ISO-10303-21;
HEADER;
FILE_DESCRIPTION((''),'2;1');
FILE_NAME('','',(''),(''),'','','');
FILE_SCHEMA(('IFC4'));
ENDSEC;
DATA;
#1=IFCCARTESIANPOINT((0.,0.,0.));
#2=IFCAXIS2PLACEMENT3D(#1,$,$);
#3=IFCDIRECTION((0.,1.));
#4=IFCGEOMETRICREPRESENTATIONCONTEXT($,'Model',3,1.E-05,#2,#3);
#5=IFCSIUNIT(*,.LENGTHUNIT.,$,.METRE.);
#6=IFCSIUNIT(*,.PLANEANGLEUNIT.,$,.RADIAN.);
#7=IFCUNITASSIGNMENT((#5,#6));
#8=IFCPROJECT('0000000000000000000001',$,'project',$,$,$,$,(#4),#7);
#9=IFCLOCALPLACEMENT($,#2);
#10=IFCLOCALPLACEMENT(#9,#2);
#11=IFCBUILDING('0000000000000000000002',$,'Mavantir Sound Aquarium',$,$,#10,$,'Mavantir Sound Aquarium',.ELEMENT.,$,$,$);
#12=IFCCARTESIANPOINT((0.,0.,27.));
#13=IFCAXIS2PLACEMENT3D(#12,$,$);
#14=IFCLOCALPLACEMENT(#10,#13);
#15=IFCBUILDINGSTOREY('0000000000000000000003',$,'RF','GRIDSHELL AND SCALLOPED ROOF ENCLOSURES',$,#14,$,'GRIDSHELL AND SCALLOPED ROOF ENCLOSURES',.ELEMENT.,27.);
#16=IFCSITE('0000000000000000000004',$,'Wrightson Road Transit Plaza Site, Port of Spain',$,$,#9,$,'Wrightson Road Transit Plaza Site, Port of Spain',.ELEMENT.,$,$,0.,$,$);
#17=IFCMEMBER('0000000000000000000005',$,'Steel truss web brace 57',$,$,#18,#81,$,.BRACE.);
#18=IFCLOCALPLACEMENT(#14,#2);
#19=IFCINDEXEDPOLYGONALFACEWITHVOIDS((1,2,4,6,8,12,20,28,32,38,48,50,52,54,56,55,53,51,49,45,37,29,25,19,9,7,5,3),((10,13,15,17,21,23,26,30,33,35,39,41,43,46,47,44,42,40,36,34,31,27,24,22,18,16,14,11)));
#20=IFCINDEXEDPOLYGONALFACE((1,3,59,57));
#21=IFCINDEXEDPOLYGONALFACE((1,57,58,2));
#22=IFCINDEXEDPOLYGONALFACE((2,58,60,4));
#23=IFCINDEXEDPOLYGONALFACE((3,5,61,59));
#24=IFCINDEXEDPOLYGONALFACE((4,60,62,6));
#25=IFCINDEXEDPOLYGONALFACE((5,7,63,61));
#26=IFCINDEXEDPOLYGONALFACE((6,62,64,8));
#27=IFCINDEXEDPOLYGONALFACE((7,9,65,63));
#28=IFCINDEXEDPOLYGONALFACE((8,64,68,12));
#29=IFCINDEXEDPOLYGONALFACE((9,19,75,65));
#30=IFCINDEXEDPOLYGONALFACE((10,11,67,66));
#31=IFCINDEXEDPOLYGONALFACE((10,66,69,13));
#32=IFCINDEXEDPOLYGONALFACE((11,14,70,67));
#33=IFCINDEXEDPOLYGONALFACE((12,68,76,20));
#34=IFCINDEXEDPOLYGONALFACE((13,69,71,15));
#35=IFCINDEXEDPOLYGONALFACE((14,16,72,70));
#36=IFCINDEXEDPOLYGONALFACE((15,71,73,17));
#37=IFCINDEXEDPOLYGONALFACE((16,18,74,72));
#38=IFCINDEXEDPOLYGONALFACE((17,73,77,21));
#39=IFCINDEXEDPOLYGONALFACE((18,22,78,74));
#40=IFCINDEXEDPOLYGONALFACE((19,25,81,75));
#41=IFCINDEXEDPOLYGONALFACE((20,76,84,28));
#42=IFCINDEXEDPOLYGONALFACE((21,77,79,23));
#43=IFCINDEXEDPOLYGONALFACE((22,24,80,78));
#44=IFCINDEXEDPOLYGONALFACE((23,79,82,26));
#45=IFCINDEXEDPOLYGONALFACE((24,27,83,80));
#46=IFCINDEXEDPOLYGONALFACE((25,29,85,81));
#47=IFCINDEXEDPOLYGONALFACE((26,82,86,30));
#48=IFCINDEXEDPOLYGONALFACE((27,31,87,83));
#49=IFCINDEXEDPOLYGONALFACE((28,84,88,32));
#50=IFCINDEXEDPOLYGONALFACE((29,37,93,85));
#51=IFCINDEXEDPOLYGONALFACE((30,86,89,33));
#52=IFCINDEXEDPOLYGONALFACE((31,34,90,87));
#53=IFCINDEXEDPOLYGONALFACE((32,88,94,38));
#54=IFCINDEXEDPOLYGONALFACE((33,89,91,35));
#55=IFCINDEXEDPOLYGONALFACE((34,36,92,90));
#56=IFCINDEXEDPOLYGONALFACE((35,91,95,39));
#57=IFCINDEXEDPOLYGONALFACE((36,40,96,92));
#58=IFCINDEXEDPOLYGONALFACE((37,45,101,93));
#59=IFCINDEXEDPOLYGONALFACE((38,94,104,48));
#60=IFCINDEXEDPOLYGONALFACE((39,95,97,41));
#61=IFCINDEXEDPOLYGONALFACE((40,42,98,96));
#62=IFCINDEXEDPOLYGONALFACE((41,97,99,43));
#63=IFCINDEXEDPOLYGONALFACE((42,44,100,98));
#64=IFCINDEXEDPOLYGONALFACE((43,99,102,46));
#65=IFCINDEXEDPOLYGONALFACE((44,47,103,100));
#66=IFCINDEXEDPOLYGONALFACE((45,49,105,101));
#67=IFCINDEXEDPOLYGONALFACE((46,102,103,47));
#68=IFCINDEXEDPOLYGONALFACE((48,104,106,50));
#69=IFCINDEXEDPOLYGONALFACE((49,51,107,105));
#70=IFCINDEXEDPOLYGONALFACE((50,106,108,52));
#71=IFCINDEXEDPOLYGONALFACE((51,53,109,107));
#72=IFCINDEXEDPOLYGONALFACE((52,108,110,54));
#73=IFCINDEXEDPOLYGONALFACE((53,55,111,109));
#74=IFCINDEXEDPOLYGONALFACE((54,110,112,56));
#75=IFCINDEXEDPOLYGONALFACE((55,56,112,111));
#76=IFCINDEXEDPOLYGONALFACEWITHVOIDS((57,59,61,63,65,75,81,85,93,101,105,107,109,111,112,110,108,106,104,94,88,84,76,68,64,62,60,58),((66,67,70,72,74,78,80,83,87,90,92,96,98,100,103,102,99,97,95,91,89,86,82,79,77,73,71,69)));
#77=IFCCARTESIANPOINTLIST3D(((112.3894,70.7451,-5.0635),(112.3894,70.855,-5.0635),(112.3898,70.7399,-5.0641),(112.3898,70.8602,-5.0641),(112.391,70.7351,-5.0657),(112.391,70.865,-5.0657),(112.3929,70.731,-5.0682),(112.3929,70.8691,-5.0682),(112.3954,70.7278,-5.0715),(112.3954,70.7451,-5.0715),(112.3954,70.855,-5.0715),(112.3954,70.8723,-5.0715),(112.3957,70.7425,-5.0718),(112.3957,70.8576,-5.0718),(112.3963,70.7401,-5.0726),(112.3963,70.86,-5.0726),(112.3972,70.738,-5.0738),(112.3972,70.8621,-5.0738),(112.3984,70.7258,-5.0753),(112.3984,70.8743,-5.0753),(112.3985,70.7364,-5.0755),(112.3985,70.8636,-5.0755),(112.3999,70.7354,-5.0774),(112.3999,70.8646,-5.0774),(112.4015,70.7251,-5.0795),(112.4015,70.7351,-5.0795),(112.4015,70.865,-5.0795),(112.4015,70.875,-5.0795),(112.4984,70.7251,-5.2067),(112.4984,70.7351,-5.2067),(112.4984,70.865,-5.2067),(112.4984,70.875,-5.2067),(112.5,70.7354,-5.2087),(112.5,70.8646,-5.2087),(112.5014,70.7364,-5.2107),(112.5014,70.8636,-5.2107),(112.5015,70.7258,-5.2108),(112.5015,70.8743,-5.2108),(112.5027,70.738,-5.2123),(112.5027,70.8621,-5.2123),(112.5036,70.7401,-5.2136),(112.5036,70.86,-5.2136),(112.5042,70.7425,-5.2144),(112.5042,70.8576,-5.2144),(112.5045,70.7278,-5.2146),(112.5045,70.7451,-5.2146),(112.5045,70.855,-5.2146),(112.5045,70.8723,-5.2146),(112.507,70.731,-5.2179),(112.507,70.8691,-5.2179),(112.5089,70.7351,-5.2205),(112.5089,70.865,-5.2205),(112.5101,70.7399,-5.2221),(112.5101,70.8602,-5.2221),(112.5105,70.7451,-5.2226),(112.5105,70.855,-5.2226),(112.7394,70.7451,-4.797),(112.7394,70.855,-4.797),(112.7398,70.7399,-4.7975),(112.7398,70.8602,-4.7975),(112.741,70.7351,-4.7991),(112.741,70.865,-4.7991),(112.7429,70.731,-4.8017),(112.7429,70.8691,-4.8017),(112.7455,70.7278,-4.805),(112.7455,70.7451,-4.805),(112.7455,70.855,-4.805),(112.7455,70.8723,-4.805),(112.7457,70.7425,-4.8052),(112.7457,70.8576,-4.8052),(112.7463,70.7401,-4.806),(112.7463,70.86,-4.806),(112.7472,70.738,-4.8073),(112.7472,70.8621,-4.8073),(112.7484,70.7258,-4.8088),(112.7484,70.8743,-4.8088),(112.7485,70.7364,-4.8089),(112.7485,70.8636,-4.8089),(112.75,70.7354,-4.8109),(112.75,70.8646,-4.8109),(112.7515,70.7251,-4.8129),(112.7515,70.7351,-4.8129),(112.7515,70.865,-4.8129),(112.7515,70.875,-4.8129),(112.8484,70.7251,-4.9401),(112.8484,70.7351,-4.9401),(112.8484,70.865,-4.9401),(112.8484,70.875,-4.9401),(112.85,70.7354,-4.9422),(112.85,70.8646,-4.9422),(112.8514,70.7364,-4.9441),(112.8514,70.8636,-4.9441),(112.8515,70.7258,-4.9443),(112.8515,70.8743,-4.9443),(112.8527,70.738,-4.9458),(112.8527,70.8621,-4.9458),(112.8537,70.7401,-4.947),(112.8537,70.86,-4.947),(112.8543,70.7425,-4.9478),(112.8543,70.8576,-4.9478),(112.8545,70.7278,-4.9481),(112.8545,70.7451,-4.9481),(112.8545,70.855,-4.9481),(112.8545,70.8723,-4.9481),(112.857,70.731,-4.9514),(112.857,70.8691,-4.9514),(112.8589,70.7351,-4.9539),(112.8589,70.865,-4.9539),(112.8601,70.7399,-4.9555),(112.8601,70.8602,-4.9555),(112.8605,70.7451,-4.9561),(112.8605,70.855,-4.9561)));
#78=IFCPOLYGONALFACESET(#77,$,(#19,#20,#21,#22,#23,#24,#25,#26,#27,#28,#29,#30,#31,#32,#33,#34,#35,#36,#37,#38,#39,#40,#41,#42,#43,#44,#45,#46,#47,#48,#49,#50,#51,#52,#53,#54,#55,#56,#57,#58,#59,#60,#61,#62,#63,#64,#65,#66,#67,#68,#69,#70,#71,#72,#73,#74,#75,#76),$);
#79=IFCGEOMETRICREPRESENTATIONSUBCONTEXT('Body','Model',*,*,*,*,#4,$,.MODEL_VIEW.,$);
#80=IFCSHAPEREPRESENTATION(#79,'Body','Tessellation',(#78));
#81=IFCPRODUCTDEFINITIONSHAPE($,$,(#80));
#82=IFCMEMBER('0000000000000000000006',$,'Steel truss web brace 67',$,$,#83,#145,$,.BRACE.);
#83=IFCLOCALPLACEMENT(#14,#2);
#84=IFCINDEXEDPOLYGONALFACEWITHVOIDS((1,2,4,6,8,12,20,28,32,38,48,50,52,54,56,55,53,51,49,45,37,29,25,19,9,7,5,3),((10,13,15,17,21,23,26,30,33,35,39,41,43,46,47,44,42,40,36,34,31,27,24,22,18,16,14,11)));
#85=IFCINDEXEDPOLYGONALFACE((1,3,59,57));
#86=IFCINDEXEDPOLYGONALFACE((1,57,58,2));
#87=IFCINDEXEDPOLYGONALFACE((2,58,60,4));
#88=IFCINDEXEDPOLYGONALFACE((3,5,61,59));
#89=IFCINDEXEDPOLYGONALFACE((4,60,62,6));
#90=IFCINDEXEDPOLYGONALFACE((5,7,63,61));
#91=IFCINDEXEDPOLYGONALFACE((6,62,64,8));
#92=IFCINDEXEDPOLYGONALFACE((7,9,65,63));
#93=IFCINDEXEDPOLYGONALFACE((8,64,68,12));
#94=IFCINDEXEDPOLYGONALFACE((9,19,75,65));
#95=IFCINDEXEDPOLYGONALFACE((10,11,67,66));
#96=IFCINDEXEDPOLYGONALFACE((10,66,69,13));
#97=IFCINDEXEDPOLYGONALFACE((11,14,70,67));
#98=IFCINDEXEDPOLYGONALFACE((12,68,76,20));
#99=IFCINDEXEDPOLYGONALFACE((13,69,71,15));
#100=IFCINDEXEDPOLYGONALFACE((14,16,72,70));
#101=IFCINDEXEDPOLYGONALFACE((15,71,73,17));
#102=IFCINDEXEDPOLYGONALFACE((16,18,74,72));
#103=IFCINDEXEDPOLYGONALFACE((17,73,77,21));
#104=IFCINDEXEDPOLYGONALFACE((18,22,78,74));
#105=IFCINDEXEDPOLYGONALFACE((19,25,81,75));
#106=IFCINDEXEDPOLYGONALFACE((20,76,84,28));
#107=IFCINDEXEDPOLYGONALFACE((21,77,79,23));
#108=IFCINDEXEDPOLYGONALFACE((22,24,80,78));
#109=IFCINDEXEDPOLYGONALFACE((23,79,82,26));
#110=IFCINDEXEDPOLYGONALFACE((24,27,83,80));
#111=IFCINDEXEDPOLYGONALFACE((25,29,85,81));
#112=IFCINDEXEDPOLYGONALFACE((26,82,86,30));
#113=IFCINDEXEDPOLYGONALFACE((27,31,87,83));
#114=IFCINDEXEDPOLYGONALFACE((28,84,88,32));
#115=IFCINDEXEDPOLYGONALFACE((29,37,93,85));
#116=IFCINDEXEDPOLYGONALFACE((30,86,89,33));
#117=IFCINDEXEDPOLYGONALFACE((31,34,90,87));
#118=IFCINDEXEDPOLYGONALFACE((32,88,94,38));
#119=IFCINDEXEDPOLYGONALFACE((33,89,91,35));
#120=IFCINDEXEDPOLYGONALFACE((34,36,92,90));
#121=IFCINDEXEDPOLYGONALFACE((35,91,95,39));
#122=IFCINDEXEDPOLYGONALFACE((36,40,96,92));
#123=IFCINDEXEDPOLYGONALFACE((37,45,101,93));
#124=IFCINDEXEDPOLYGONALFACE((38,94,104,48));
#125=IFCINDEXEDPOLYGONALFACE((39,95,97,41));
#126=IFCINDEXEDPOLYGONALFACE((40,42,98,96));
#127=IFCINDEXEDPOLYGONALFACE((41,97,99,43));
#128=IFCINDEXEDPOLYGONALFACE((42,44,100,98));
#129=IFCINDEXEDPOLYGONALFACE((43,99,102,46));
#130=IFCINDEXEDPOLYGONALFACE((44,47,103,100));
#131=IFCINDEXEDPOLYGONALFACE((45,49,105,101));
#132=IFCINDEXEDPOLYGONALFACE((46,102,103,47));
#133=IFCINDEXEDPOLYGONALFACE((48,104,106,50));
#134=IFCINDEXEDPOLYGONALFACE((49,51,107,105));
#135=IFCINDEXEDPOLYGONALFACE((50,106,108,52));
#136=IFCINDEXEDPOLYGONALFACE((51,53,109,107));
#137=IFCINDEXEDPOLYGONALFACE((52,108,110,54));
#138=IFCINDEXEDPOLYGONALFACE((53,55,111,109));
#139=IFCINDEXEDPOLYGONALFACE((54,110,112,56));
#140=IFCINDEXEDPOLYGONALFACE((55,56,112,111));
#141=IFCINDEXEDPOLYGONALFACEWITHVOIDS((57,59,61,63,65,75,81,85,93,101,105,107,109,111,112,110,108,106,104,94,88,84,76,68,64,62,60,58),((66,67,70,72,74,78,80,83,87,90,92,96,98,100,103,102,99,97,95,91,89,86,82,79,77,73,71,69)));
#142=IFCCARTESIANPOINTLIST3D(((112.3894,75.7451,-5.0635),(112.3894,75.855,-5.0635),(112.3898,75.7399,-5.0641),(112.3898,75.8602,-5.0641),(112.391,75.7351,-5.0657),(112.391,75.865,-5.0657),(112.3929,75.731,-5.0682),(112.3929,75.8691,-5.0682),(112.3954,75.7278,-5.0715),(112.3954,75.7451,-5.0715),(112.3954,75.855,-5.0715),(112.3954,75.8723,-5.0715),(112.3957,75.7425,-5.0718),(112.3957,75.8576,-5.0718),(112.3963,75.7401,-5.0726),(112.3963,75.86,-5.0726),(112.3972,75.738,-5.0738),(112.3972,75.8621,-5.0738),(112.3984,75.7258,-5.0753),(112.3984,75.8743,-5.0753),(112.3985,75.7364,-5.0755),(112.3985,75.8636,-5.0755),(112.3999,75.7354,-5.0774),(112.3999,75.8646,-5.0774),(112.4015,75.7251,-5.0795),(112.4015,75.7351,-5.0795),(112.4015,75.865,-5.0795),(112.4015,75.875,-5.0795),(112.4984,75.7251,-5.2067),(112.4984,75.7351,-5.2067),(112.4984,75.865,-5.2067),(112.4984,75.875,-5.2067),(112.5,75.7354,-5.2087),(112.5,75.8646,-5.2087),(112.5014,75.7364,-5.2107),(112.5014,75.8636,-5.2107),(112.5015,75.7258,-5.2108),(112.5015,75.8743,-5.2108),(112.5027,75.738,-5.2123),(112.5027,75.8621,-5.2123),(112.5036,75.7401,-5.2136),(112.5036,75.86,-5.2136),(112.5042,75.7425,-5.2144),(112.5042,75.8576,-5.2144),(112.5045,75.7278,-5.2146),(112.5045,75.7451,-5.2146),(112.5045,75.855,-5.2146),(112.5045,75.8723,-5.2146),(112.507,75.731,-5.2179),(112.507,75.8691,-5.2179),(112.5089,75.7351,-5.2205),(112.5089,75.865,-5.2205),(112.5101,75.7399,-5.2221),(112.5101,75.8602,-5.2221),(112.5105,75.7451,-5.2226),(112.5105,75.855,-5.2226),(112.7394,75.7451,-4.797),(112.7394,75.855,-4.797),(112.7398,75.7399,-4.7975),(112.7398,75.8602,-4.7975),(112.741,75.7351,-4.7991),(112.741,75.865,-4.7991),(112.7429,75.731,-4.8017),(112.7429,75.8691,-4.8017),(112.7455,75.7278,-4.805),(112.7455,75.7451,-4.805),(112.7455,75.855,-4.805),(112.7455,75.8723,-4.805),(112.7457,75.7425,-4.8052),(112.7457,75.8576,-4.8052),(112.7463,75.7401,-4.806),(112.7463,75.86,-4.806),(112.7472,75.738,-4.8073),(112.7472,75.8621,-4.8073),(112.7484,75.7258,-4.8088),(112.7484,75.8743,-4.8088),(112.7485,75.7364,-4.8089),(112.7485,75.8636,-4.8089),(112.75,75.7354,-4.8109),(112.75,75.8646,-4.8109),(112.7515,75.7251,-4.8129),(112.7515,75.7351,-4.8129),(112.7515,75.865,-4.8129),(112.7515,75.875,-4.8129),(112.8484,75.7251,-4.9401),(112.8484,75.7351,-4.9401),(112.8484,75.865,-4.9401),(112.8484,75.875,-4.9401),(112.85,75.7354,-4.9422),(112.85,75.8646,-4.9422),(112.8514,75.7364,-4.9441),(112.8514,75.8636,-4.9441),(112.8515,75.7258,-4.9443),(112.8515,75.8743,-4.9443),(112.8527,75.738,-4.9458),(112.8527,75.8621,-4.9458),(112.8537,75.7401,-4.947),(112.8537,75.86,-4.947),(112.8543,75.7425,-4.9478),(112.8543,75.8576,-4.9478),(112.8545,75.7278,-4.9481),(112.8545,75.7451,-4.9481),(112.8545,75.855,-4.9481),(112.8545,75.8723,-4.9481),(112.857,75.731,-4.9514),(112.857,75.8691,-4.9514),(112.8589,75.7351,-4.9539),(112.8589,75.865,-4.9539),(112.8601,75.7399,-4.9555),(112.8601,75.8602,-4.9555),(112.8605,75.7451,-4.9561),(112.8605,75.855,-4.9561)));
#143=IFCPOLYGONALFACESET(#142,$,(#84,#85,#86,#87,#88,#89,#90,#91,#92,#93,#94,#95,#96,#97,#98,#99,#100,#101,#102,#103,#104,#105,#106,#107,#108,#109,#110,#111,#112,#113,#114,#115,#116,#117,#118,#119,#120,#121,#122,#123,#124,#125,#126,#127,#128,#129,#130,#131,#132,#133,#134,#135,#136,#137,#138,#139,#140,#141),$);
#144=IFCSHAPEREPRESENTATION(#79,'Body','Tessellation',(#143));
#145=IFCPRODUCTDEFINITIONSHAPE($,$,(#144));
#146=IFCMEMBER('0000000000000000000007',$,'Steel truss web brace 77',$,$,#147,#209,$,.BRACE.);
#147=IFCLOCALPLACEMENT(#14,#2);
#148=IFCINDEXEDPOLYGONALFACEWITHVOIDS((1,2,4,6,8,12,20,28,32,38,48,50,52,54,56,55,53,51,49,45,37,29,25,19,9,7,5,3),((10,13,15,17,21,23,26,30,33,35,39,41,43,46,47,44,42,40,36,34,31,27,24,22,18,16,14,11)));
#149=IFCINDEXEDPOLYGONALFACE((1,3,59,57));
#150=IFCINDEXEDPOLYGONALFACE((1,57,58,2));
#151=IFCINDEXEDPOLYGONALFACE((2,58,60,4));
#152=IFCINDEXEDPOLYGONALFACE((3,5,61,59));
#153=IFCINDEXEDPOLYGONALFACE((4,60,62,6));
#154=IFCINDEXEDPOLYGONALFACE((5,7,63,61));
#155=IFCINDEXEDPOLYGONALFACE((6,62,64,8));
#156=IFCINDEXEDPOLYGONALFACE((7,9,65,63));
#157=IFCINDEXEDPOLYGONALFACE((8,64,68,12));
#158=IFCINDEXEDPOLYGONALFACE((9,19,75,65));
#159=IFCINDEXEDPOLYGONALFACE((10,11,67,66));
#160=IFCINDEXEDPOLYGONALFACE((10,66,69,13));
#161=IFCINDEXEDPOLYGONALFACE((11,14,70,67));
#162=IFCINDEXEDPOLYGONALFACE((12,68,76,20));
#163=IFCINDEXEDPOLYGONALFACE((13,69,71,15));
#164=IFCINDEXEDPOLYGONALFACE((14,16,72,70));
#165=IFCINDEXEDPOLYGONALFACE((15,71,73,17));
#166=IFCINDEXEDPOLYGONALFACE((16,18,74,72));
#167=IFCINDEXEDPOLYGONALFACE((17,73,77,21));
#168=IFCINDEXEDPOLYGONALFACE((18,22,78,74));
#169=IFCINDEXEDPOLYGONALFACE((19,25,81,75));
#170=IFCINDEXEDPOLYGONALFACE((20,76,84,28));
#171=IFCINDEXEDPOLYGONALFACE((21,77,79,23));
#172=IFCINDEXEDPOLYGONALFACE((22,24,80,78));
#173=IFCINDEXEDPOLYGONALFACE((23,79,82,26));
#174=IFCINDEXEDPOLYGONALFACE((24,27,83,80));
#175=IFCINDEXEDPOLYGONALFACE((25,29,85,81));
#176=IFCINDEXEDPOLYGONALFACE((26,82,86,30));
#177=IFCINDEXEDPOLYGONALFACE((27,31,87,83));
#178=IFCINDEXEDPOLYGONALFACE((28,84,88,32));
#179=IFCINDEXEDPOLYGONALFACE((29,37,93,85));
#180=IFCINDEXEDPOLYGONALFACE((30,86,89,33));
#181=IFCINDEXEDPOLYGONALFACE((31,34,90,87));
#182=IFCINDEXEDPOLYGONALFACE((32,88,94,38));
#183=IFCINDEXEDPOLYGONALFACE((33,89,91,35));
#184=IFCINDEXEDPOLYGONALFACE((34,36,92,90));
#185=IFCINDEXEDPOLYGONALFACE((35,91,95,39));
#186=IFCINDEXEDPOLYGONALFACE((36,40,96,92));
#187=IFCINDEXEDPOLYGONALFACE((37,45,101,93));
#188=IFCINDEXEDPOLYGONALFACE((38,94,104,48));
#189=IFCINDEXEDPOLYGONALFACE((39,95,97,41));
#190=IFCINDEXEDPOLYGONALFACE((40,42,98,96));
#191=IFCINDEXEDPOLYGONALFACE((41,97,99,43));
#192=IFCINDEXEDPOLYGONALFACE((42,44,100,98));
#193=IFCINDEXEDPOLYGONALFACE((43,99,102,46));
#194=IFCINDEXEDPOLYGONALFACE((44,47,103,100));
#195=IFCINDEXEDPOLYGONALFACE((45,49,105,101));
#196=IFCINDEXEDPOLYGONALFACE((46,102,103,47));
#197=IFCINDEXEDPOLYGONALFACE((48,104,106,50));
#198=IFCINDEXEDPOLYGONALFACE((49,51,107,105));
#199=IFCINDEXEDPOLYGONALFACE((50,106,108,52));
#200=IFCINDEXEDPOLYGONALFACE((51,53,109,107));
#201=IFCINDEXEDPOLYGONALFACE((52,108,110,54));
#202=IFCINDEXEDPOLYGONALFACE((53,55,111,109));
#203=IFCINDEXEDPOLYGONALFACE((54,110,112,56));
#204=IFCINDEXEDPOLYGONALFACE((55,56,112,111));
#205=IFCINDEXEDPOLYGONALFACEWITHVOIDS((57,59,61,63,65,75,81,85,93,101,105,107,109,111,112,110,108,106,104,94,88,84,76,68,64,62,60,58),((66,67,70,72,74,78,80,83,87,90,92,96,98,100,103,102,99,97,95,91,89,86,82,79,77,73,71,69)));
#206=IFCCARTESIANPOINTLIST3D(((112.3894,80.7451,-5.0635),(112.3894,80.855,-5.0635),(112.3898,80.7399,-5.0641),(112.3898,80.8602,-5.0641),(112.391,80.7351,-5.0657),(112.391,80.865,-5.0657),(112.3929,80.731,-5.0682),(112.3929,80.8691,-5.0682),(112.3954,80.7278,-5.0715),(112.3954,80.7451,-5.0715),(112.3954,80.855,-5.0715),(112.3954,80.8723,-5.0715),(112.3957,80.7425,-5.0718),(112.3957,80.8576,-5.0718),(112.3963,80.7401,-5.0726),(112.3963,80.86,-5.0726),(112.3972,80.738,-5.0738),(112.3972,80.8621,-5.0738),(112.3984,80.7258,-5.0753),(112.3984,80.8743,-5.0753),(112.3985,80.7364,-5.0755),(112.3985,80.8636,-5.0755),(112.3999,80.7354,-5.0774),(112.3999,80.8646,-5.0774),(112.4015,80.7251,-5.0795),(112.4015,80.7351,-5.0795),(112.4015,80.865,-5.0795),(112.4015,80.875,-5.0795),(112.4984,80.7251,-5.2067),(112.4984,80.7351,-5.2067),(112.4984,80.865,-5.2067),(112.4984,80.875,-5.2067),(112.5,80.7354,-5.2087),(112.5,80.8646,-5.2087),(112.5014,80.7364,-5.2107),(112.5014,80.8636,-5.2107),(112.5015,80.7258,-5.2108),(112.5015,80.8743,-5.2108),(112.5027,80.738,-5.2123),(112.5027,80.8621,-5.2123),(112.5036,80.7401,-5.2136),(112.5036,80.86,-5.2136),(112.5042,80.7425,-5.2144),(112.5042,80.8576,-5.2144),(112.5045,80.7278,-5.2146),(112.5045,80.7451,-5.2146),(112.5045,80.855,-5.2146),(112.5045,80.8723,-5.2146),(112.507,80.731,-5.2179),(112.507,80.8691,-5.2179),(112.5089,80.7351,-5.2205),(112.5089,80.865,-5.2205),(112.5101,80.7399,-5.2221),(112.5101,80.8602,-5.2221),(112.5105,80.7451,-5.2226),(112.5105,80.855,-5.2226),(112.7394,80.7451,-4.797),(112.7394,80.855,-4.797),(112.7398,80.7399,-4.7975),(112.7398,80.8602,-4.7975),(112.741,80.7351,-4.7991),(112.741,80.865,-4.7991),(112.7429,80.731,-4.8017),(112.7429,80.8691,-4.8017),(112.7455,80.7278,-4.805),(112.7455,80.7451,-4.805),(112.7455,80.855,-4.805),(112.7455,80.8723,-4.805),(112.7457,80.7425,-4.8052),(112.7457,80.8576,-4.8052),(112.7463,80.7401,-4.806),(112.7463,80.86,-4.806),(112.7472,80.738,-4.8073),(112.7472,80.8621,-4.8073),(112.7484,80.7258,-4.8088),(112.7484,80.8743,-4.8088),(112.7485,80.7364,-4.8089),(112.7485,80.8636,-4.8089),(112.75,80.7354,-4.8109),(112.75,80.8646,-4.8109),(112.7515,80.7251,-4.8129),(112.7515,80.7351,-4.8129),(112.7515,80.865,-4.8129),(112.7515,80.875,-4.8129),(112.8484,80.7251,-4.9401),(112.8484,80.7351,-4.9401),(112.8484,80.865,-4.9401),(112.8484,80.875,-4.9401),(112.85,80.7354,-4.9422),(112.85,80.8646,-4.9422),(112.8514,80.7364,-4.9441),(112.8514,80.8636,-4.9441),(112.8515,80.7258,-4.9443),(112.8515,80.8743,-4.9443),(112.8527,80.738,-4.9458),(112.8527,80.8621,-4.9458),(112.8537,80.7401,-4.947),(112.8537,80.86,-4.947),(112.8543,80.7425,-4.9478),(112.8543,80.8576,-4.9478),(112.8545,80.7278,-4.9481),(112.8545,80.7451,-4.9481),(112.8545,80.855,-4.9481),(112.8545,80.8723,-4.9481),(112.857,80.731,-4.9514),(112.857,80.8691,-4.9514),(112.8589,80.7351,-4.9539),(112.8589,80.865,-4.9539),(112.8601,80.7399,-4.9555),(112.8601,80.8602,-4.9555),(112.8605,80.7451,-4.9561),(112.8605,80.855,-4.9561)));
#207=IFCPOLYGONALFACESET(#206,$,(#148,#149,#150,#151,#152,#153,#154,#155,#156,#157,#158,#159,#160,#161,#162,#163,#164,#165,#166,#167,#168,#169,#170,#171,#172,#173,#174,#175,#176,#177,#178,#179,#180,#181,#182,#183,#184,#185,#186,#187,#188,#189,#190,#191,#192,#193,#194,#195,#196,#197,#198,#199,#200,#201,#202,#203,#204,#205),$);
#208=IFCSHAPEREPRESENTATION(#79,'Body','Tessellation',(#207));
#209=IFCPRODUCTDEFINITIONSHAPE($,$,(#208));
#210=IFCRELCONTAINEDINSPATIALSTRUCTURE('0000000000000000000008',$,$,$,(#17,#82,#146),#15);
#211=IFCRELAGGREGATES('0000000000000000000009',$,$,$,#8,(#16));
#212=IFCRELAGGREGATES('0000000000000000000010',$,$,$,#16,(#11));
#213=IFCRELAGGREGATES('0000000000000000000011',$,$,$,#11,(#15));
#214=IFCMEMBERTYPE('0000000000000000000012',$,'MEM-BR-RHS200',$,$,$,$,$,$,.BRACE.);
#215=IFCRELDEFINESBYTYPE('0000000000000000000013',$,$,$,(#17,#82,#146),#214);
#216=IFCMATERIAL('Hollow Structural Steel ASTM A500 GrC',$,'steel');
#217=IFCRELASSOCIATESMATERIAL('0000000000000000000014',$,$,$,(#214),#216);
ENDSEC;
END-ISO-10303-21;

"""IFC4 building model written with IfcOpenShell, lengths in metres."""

from ifc_helpers import new_model, si_unit, direction, frame, origin, origin_2d, place, context, subcontext, project, spatial, hollow_rectangle, extrude, material, material_profile, profile_set, type_object, element, save


model = new_model("IFC4")

# Units and contexts
model_context = context("Model", 3, precision=1e-05, world=origin(), true_north=direction((0.0, 1.0)))
body_context = subcontext(model_context, "Body", "Model", "MODEL_VIEW")
ifc_project = project(units=[si_unit("LENGTHUNIT", "METRE"), si_unit("PLANEANGLEUNIT", "RADIAN")], contexts=[model_context])

# Site, building, storey
site_placement = place(None, origin())
site = spatial("IfcSite", under=ifc_project, at=site_placement, Name="Wrightson Road Transit Plaza Site, Port of Spain", LongName="Wrightson Road Transit Plaza Site, Port of Spain", CompositionType="ELEMENT", RefElevation=0.0)
building_placement = place(site_placement, origin())
building = spatial("IfcBuilding", under=site, at=building_placement, Name="Mavantir Sound Aquarium", LongName="Mavantir Sound Aquarium", CompositionType="ELEMENT")
storey_placement = place(building_placement, frame((0.0, 0.0, 27.0)))
storey = spatial("IfcBuildingStorey", under=building, at=storey_placement, Name="RF", Description="GRIDSHELL AND SCALLOPED ROOF ENCLOSURES", LongName="GRIDSHELL AND SCALLOPED ROOF ENCLOSURES", CompositionType="ELEMENT", Elevation=27.0)

# Members
ifc_material_1 = material(Name="Hollow Structural Steel ASTM A500 GrC", Category="steel")
ifc_material_profile_1 = material_profile(ifc_material_1, hollow_rectangle(XDim=0.1499, YDim=0.2, WallThickness=0.01, InnerFilletRadius=0.01, OuterFilletRadius=0.02, at=origin_2d()), Name="RHS 200X150X10")
ifc_profile_set_1 = profile_set([ifc_material_profile_1], Name="Hollow Structural Steel ASTM A500 GrC")
member_type_1 = type_object("IfcMemberType", Name="MEM-BR-RHS200", PredefinedType="BRACE", material=ifc_profile_set_1)
for number, where, z_axis, x_axis, name in (
    (1, (112.45, 70.8, -5.1431), (0.795585, 0.0, 0.605843), (0.0, 1.0, 0.0), "Steel truss web brace 57"),
    (2, (112.45, 75.8, -5.1431), (0.795585, 0.0, 0.605843), (0.0, 1.0, 0.0), "Steel truss web brace 67"),
    (3, (112.45, 80.8, -5.1431), (0.795585, 0.0, 0.605843), (0.0, 1.0, 0.0), "Steel truss web brace 77"),
):
    element("IfcMember", number, at=place(storey_placement, frame(where, z_axis=z_axis, x_axis=x_axis)), inside=storey, type_object=member_type_1, Name=name, PredefinedType="BRACE", context=body_context, shape_type="SweptSolid", body=[
        extrude(hollow_rectangle(XDim=0.1499, YDim=0.2, WallThickness=0.01, InnerFilletRadius=0.01, OuterFilletRadius=0.02, at=origin_2d()), origin(), (0.0, 0.0, 1.0), 0.4399),
    ])

save(model, "model.ifc")
